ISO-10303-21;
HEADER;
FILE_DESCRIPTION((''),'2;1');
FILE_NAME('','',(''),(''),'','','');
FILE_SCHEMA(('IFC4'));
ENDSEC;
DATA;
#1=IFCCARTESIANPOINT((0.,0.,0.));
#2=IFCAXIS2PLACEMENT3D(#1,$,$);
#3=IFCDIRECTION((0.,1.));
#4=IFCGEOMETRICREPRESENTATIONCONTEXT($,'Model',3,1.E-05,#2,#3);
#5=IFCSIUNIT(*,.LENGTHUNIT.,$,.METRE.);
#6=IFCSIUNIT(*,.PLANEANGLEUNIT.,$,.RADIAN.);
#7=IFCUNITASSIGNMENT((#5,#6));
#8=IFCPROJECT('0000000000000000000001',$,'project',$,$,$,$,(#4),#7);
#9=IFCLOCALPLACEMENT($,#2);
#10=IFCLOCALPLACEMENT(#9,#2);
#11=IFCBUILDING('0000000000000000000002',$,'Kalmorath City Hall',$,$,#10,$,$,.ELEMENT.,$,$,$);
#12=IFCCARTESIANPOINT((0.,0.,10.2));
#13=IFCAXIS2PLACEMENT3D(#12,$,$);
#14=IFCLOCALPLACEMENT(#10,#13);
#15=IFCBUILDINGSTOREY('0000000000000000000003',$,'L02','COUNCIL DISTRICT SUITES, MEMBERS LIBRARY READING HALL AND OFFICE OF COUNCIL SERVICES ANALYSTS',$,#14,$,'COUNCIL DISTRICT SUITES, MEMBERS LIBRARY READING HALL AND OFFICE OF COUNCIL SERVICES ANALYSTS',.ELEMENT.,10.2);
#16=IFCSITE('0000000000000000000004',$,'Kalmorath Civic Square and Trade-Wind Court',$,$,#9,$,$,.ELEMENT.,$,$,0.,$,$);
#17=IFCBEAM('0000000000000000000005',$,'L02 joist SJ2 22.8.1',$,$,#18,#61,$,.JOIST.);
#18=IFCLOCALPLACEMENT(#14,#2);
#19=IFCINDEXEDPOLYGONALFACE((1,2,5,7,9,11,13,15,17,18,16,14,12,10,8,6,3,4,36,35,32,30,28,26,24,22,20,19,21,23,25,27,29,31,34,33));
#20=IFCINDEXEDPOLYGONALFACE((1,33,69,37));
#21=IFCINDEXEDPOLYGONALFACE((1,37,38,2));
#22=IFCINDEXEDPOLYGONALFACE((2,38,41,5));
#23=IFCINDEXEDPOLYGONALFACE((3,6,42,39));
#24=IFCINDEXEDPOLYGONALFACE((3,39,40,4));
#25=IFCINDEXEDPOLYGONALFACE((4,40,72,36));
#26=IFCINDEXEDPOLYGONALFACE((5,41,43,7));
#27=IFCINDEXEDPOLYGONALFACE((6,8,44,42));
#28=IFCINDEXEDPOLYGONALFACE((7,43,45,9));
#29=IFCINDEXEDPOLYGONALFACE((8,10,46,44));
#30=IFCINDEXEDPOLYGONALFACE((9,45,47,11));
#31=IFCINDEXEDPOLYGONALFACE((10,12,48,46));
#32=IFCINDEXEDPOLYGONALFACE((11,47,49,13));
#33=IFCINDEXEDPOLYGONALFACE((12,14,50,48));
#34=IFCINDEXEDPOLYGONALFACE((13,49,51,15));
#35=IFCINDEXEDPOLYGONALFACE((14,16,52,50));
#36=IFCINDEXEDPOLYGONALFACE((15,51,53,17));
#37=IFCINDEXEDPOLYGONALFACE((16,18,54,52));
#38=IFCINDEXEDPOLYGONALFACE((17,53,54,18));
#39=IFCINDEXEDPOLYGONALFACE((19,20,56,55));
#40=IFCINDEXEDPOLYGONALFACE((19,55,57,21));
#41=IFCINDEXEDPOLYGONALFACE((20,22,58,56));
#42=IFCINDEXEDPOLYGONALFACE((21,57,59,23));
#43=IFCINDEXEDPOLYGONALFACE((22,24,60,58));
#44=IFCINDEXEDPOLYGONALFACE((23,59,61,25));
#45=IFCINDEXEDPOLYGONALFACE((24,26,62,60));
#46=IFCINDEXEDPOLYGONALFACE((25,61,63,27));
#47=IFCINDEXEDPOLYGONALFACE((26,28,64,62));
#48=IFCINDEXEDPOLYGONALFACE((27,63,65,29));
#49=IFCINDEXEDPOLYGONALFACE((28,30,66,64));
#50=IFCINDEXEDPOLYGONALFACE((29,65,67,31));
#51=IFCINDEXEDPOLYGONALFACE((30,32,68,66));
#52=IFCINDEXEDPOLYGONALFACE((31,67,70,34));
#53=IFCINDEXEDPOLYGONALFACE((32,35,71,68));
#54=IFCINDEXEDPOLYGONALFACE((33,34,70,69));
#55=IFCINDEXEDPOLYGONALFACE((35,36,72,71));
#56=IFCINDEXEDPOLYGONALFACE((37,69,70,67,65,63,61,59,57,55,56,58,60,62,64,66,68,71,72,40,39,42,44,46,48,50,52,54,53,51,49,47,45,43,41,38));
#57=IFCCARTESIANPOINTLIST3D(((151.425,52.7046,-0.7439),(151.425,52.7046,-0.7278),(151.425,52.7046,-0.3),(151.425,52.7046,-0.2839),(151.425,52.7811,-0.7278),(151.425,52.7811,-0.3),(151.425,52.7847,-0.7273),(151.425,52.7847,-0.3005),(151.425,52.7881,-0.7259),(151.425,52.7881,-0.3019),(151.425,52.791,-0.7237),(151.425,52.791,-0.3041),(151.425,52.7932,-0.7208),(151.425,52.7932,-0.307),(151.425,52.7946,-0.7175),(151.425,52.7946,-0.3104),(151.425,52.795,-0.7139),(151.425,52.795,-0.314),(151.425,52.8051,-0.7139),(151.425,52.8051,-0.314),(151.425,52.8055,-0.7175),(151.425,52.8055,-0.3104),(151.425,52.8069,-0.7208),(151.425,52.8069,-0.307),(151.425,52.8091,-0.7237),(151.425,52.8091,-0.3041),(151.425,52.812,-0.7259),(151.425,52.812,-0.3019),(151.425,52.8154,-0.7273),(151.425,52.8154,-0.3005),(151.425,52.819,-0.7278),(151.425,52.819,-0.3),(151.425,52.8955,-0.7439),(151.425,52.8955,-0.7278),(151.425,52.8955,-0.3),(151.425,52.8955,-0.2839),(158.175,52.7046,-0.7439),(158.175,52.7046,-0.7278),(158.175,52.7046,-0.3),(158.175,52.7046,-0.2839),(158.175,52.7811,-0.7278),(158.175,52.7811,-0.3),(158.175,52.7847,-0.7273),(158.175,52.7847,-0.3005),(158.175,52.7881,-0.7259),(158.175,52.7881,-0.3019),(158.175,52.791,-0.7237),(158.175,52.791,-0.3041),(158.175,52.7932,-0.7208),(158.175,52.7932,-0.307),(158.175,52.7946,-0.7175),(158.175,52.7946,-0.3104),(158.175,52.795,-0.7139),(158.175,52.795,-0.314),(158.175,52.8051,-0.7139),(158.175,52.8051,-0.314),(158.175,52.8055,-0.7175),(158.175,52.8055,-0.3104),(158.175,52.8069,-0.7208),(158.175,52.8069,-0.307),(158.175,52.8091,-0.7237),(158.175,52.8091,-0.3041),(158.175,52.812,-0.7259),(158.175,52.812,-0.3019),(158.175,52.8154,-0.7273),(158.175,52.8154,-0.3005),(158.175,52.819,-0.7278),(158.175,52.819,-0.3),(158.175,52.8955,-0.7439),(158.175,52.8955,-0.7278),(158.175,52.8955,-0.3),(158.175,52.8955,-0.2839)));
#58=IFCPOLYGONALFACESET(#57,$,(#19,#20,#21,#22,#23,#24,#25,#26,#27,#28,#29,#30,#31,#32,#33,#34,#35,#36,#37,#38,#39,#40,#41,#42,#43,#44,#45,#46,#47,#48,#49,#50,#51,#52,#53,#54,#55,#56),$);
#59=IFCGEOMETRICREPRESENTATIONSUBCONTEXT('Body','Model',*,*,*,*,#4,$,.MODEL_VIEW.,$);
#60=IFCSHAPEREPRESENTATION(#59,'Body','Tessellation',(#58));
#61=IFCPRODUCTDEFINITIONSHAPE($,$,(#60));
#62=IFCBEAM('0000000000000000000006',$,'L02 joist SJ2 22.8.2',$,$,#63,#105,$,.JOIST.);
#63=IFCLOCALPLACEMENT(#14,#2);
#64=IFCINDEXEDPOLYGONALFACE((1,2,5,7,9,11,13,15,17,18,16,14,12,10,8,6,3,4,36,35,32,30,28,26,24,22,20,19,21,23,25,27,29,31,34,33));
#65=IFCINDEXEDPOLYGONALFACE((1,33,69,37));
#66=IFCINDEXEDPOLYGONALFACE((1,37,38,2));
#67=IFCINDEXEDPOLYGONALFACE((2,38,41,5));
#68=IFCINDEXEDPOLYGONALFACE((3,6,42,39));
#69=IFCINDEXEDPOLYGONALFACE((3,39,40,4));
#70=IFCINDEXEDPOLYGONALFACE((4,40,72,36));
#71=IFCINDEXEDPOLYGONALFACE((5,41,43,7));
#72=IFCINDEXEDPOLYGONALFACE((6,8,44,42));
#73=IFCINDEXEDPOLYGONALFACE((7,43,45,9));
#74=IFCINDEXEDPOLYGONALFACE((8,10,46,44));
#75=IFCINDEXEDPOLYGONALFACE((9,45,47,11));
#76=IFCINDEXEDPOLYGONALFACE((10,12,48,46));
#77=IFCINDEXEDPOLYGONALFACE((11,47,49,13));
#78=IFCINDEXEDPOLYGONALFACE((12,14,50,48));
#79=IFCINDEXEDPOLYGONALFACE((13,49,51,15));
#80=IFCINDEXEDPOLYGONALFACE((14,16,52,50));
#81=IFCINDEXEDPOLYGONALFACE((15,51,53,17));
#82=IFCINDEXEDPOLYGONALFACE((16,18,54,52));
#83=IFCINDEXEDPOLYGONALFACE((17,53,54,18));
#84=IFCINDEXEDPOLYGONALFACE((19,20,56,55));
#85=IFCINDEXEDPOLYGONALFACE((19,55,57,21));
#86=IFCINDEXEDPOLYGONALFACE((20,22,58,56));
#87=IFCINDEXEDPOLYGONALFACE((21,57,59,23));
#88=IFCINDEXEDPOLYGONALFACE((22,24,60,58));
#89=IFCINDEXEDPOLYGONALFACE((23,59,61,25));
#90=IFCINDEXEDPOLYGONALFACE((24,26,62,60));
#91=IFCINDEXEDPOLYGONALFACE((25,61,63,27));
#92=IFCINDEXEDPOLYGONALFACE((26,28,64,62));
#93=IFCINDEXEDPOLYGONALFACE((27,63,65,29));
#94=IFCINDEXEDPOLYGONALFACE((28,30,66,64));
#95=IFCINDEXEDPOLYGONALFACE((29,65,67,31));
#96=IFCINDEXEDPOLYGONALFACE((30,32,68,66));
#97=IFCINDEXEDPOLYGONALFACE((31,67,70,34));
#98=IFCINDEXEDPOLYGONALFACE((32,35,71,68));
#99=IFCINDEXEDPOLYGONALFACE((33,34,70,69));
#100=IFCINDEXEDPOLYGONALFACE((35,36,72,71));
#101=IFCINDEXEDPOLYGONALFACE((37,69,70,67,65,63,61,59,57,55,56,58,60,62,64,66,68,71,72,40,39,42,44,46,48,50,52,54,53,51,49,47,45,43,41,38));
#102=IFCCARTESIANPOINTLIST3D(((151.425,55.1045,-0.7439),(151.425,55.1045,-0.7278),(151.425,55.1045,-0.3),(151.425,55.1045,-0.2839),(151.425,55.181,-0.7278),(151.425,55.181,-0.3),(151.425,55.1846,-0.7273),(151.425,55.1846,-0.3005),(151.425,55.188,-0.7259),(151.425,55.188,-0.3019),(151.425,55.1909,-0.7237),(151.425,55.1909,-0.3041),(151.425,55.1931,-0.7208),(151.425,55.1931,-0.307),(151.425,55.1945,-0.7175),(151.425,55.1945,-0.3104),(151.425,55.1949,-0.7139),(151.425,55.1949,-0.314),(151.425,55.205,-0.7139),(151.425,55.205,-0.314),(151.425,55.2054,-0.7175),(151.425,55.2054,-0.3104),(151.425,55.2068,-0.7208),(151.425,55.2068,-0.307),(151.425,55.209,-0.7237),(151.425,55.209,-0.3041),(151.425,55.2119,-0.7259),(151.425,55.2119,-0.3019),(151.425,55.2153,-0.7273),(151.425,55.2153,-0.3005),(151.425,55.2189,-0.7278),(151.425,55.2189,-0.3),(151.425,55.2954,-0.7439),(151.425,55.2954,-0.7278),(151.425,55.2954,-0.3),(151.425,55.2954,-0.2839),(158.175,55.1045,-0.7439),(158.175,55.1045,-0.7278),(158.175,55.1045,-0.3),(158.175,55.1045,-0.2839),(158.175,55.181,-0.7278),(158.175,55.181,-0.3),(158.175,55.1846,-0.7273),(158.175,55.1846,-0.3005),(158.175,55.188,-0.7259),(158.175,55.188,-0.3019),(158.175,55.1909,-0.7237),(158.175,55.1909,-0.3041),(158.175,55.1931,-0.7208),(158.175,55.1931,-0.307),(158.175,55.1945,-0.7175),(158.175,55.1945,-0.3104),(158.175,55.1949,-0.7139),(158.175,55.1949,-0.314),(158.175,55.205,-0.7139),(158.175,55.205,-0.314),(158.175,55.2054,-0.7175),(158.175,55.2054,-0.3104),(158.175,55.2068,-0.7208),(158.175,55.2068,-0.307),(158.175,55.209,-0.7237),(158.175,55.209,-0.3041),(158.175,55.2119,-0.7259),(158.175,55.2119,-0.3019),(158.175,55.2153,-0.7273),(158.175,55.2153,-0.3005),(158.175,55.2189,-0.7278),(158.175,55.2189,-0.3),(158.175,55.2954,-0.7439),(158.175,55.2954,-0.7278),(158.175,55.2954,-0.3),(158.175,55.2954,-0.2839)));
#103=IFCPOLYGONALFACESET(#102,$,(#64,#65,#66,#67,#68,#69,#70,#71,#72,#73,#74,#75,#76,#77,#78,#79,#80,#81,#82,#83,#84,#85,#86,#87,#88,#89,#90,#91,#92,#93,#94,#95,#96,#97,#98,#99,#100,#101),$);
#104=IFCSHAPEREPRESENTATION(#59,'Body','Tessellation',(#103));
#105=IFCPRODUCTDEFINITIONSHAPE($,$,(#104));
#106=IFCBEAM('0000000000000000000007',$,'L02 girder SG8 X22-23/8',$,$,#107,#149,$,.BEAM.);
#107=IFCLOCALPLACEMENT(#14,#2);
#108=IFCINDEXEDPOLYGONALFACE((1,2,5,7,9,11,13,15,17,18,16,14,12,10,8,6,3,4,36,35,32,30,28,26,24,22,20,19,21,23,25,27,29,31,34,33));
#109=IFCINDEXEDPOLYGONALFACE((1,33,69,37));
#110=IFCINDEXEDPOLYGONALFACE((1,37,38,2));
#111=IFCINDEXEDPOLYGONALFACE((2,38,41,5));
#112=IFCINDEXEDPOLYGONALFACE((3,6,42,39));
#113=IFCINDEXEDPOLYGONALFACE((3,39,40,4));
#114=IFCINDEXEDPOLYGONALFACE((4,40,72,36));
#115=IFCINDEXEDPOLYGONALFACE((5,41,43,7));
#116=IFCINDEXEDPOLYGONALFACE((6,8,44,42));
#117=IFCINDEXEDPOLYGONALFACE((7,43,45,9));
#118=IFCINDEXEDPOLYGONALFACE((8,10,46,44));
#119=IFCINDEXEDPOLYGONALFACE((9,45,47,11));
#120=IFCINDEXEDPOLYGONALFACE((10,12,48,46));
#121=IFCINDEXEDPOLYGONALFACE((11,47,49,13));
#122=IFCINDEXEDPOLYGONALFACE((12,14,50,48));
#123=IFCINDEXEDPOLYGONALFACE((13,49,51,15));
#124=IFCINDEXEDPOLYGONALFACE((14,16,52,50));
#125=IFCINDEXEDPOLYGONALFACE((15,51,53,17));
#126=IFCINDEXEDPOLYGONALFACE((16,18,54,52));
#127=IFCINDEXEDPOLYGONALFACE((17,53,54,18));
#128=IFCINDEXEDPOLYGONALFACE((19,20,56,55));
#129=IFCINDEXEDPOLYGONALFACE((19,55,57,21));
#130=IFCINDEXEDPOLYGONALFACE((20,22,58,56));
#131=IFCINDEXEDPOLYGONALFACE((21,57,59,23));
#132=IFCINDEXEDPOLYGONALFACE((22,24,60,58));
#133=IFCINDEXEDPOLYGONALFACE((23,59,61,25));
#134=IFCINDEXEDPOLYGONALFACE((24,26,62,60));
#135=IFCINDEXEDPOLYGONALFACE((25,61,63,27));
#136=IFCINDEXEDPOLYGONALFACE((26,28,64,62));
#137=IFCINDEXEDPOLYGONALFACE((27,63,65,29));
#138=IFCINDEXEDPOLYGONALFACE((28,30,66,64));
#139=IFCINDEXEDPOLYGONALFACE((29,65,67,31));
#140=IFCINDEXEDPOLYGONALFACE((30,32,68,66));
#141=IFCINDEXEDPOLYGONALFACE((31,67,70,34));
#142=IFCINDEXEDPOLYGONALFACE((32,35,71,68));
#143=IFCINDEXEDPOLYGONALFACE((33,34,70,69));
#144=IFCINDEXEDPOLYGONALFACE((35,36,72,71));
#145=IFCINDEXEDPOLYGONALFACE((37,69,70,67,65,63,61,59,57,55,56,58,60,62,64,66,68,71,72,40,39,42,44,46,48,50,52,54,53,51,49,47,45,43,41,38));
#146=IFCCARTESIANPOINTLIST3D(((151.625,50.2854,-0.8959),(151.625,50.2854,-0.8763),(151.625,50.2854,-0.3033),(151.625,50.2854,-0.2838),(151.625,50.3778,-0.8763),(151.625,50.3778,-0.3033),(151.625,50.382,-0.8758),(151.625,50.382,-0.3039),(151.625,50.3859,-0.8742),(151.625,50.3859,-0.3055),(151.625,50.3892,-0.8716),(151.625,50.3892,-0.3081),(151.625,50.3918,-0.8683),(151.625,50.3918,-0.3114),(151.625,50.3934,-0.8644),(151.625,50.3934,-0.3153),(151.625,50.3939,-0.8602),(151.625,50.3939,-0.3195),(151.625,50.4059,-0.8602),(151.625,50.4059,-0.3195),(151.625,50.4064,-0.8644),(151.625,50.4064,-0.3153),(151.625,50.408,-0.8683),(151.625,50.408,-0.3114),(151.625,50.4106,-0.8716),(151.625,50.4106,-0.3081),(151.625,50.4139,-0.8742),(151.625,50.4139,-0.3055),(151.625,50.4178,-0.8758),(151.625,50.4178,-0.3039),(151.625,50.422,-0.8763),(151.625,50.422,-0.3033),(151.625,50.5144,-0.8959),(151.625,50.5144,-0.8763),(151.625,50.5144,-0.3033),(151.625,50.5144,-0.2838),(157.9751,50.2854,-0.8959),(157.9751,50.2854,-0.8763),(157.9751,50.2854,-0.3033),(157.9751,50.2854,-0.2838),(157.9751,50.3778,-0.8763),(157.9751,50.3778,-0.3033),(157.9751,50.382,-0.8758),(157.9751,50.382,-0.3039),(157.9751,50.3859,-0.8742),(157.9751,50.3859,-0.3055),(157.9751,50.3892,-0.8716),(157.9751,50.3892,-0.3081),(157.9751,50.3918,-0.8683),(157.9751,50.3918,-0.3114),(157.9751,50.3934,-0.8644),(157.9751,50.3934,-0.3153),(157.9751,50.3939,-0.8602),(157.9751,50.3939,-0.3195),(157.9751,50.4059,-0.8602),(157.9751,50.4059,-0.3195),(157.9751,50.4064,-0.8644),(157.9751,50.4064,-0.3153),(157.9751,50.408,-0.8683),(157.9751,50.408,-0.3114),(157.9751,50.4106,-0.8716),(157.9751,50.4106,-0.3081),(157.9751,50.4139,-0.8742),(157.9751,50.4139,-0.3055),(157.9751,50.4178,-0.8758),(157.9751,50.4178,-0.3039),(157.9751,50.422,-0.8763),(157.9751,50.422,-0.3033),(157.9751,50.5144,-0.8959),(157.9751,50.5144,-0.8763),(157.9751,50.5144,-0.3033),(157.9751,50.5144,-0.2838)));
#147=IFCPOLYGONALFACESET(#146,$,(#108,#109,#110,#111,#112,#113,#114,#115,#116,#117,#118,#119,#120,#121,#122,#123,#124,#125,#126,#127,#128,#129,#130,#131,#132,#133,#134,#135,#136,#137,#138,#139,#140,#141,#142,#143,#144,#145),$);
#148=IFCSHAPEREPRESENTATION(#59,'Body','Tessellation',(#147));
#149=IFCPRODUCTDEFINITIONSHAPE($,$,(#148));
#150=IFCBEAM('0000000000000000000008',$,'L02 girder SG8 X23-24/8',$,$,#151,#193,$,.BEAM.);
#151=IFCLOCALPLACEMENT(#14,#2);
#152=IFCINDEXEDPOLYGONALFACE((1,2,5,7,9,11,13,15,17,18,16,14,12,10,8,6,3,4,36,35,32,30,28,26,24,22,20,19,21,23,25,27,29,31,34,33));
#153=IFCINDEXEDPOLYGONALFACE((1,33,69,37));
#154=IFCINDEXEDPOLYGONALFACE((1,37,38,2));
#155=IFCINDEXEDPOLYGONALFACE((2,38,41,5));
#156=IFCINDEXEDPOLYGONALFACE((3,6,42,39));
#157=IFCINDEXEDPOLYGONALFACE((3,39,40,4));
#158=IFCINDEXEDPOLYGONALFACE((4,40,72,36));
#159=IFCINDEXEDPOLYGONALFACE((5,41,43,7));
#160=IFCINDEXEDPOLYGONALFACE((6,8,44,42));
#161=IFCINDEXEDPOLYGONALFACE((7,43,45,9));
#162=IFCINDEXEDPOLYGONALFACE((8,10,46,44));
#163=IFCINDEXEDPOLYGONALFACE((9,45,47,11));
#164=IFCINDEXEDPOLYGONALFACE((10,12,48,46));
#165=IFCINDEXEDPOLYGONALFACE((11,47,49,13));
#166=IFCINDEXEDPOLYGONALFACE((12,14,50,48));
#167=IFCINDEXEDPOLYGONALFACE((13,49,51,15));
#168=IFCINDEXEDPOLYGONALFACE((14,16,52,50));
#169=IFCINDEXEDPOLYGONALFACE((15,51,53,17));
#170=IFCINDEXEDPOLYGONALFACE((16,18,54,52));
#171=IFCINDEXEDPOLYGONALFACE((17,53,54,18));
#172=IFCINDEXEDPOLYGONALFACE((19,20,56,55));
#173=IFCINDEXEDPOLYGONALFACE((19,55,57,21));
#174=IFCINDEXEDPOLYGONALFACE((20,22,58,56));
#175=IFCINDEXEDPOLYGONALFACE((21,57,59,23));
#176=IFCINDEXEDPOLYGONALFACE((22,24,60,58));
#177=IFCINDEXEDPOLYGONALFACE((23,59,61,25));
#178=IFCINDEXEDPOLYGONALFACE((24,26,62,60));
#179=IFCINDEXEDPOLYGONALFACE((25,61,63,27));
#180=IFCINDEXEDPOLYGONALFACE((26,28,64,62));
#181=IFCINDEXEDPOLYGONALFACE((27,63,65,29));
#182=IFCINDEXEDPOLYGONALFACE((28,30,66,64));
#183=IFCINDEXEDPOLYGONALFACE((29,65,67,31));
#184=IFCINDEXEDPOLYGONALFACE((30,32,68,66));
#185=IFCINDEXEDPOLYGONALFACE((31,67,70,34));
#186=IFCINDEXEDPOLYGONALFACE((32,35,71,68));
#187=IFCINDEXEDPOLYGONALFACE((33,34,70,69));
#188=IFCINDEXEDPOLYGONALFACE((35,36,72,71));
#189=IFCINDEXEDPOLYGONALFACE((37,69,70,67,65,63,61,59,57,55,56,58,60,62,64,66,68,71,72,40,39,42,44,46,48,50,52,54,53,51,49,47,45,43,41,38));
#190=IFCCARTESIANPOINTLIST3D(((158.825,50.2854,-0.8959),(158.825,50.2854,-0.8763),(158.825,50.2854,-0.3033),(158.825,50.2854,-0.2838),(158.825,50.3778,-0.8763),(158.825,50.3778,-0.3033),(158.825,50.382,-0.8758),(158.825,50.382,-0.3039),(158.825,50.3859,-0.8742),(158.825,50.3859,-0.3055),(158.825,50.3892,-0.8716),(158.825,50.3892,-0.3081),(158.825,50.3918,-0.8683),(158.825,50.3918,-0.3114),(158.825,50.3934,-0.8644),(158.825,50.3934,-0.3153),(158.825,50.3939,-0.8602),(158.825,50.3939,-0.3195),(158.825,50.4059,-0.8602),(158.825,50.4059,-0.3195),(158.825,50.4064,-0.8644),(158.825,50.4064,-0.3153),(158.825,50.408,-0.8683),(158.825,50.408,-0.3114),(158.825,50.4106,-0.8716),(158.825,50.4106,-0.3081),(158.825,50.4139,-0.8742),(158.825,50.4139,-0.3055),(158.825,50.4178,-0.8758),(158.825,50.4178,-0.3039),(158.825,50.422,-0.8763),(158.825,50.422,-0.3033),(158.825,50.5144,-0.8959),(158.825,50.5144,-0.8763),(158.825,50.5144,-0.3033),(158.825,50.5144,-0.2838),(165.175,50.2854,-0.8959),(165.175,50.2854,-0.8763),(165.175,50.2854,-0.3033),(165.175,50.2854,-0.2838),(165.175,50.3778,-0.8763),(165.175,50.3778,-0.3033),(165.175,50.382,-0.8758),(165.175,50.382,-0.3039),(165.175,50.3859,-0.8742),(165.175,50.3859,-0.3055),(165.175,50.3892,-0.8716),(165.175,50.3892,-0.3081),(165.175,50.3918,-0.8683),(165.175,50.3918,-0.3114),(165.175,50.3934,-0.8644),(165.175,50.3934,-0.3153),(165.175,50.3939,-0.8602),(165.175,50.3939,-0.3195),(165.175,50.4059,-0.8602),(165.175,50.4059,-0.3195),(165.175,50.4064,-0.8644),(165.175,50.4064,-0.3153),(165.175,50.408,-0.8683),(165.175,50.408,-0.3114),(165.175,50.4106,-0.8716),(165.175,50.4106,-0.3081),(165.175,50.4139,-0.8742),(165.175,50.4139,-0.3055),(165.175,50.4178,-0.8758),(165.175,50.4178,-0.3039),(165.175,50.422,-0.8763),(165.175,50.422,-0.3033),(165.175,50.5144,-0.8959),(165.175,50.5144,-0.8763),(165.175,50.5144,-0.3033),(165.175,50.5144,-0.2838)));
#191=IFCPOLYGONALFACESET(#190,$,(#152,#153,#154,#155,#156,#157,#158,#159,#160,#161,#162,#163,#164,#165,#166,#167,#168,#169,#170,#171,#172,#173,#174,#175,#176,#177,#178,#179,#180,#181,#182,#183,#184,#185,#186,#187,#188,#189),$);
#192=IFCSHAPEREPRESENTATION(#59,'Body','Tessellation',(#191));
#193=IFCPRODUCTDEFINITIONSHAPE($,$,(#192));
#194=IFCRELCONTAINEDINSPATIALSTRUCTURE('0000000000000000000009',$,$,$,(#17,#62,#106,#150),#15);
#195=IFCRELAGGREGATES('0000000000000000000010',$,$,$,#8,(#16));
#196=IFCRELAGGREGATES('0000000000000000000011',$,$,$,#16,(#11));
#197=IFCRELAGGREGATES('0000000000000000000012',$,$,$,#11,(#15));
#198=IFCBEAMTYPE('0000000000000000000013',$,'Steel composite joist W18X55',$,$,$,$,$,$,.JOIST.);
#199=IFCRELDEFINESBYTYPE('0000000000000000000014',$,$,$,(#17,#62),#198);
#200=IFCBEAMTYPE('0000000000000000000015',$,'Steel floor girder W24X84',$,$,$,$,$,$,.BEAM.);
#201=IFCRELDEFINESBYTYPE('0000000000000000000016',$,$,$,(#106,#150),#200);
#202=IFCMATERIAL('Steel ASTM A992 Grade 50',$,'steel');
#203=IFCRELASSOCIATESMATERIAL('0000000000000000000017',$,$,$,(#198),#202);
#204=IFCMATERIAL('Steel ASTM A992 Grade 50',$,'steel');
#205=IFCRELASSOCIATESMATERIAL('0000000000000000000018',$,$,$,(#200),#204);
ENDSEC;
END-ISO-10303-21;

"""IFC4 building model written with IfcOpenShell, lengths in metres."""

from ifc_helpers import new_model, si_unit, direction, frame, origin, origin_2d, place, context, subcontext, project, spatial, i_section, extrude, material, material_profile, profile_set, type_object, element, save


model = new_model("IFC4")

# Units and contexts
model_context = context("Model", 3, precision=1e-05, world=origin(), true_north=direction((0.0, 1.0)))
body_context = subcontext(model_context, "Body", "Model", "MODEL_VIEW")
ifc_project = project(units=[si_unit("LENGTHUNIT", "METRE"), si_unit("PLANEANGLEUNIT", "RADIAN")], contexts=[model_context])

# Site, building, storey
site_placement = place(None, origin())
site = spatial("IfcSite", under=ifc_project, at=site_placement, Name="Kalmorath Civic Square and Trade-Wind Court", CompositionType="ELEMENT", RefElevation=0.0)
building_placement = place(site_placement, origin())
building = spatial("IfcBuilding", under=site, at=building_placement, Name="Kalmorath City Hall", CompositionType="ELEMENT")
storey_placement = place(building_placement, frame((0.0, 0.0, 10.2)))
storey = spatial("IfcBuildingStorey", under=building, at=storey_placement, Name="L02", Description="COUNCIL DISTRICT SUITES, MEMBERS LIBRARY READING HALL AND OFFICE OF COUNCIL SERVICES ANALYSTS", LongName="COUNCIL DISTRICT SUITES, MEMBERS LIBRARY READING HALL AND OFFICE OF COUNCIL SERVICES ANALYSTS", CompositionType="ELEMENT", Elevation=10.2)

# Beams
ifc_material_1 = material(Name="Steel ASTM A992 Grade 50", Category="steel")
ifc_material_profile_1 = material_profile(ifc_material_1, i_section(OverallWidth=0.1909, OverallDepth=0.46, WebThickness=0.01, FlangeThickness=0.0161, FilletRadius=0.0139, at=origin_2d()), Name="W18X55")
ifc_profile_set_1 = profile_set([ifc_material_profile_1], Name="Steel ASTM A992 Grade 50")
beam_type_1 = type_object("IfcBeamType", Name="Steel composite joist W18X55", PredefinedType="JOIST", material=ifc_profile_set_1)
for number, where, z_axis, x_axis, name in (
    (1, (151.425, 52.8, -0.5139), (1.0, 0.0, 0.0), (0.0, 1.0, 0.0), "L02 joist SJ2 22.8.1"),
    (2, (151.425, 55.2, -0.5139), (1.0, 0.0, 0.0), (0.0, 1.0, 0.0), "L02 joist SJ2 22.8.2"),
):
    element("IfcBeam", number, at=place(storey_placement, frame(where, z_axis=z_axis, x_axis=x_axis)), inside=storey, type_object=beam_type_1, Name=name, PredefinedType="JOIST", context=body_context, shape_type="SweptSolid", body=[
        extrude(i_section(OverallWidth=0.1909, OverallDepth=0.46, WebThickness=0.01, FlangeThickness=0.0161, FilletRadius=0.0139, at=origin_2d()), origin(), (0.0, 0.0, 1.0), 6.75),
    ])
ifc_material_2 = material(Name="Steel ASTM A992 Grade 50", Category="steel")
ifc_material_profile_2 = material_profile(ifc_material_2, i_section(OverallWidth=0.229, OverallDepth=0.6121, WebThickness=0.012, FlangeThickness=0.0195, FilletRadius=0.0161, at=origin_2d()), Name="W24X84")
ifc_profile_set_2 = profile_set([ifc_material_profile_2], Name="Steel ASTM A992 Grade 50")
beam_type_2 = type_object("IfcBeamType", Name="Steel floor girder W24X84", PredefinedType="BEAM", material=ifc_profile_set_2)
for number, where, z_axis, x_axis, name in (
    (3, (151.625, 50.3999, -0.5898), (1.0, 0.0, 0.0), (0.0, 1.0, 0.0), "L02 girder SG8 X22-23/8"),
    (4, (158.825, 50.3999, -0.5898), (1.0, 0.0, 0.0), (0.0, 1.0, 0.0), "L02 girder SG8 X23-24/8"),
):
    element("IfcBeam", number, at=place(storey_placement, frame(where, z_axis=z_axis, x_axis=x_axis)), inside=storey, type_object=beam_type_2, Name=name, PredefinedType="BEAM", context=body_context, shape_type="SweptSolid", body=[
        extrude(i_section(OverallWidth=0.229, OverallDepth=0.6121, WebThickness=0.012, FlangeThickness=0.0195, FilletRadius=0.0161, at=origin_2d()), origin(), (0.0, 0.0, 1.0), 6.3501),
    ])

save(model, "model.ifc")
